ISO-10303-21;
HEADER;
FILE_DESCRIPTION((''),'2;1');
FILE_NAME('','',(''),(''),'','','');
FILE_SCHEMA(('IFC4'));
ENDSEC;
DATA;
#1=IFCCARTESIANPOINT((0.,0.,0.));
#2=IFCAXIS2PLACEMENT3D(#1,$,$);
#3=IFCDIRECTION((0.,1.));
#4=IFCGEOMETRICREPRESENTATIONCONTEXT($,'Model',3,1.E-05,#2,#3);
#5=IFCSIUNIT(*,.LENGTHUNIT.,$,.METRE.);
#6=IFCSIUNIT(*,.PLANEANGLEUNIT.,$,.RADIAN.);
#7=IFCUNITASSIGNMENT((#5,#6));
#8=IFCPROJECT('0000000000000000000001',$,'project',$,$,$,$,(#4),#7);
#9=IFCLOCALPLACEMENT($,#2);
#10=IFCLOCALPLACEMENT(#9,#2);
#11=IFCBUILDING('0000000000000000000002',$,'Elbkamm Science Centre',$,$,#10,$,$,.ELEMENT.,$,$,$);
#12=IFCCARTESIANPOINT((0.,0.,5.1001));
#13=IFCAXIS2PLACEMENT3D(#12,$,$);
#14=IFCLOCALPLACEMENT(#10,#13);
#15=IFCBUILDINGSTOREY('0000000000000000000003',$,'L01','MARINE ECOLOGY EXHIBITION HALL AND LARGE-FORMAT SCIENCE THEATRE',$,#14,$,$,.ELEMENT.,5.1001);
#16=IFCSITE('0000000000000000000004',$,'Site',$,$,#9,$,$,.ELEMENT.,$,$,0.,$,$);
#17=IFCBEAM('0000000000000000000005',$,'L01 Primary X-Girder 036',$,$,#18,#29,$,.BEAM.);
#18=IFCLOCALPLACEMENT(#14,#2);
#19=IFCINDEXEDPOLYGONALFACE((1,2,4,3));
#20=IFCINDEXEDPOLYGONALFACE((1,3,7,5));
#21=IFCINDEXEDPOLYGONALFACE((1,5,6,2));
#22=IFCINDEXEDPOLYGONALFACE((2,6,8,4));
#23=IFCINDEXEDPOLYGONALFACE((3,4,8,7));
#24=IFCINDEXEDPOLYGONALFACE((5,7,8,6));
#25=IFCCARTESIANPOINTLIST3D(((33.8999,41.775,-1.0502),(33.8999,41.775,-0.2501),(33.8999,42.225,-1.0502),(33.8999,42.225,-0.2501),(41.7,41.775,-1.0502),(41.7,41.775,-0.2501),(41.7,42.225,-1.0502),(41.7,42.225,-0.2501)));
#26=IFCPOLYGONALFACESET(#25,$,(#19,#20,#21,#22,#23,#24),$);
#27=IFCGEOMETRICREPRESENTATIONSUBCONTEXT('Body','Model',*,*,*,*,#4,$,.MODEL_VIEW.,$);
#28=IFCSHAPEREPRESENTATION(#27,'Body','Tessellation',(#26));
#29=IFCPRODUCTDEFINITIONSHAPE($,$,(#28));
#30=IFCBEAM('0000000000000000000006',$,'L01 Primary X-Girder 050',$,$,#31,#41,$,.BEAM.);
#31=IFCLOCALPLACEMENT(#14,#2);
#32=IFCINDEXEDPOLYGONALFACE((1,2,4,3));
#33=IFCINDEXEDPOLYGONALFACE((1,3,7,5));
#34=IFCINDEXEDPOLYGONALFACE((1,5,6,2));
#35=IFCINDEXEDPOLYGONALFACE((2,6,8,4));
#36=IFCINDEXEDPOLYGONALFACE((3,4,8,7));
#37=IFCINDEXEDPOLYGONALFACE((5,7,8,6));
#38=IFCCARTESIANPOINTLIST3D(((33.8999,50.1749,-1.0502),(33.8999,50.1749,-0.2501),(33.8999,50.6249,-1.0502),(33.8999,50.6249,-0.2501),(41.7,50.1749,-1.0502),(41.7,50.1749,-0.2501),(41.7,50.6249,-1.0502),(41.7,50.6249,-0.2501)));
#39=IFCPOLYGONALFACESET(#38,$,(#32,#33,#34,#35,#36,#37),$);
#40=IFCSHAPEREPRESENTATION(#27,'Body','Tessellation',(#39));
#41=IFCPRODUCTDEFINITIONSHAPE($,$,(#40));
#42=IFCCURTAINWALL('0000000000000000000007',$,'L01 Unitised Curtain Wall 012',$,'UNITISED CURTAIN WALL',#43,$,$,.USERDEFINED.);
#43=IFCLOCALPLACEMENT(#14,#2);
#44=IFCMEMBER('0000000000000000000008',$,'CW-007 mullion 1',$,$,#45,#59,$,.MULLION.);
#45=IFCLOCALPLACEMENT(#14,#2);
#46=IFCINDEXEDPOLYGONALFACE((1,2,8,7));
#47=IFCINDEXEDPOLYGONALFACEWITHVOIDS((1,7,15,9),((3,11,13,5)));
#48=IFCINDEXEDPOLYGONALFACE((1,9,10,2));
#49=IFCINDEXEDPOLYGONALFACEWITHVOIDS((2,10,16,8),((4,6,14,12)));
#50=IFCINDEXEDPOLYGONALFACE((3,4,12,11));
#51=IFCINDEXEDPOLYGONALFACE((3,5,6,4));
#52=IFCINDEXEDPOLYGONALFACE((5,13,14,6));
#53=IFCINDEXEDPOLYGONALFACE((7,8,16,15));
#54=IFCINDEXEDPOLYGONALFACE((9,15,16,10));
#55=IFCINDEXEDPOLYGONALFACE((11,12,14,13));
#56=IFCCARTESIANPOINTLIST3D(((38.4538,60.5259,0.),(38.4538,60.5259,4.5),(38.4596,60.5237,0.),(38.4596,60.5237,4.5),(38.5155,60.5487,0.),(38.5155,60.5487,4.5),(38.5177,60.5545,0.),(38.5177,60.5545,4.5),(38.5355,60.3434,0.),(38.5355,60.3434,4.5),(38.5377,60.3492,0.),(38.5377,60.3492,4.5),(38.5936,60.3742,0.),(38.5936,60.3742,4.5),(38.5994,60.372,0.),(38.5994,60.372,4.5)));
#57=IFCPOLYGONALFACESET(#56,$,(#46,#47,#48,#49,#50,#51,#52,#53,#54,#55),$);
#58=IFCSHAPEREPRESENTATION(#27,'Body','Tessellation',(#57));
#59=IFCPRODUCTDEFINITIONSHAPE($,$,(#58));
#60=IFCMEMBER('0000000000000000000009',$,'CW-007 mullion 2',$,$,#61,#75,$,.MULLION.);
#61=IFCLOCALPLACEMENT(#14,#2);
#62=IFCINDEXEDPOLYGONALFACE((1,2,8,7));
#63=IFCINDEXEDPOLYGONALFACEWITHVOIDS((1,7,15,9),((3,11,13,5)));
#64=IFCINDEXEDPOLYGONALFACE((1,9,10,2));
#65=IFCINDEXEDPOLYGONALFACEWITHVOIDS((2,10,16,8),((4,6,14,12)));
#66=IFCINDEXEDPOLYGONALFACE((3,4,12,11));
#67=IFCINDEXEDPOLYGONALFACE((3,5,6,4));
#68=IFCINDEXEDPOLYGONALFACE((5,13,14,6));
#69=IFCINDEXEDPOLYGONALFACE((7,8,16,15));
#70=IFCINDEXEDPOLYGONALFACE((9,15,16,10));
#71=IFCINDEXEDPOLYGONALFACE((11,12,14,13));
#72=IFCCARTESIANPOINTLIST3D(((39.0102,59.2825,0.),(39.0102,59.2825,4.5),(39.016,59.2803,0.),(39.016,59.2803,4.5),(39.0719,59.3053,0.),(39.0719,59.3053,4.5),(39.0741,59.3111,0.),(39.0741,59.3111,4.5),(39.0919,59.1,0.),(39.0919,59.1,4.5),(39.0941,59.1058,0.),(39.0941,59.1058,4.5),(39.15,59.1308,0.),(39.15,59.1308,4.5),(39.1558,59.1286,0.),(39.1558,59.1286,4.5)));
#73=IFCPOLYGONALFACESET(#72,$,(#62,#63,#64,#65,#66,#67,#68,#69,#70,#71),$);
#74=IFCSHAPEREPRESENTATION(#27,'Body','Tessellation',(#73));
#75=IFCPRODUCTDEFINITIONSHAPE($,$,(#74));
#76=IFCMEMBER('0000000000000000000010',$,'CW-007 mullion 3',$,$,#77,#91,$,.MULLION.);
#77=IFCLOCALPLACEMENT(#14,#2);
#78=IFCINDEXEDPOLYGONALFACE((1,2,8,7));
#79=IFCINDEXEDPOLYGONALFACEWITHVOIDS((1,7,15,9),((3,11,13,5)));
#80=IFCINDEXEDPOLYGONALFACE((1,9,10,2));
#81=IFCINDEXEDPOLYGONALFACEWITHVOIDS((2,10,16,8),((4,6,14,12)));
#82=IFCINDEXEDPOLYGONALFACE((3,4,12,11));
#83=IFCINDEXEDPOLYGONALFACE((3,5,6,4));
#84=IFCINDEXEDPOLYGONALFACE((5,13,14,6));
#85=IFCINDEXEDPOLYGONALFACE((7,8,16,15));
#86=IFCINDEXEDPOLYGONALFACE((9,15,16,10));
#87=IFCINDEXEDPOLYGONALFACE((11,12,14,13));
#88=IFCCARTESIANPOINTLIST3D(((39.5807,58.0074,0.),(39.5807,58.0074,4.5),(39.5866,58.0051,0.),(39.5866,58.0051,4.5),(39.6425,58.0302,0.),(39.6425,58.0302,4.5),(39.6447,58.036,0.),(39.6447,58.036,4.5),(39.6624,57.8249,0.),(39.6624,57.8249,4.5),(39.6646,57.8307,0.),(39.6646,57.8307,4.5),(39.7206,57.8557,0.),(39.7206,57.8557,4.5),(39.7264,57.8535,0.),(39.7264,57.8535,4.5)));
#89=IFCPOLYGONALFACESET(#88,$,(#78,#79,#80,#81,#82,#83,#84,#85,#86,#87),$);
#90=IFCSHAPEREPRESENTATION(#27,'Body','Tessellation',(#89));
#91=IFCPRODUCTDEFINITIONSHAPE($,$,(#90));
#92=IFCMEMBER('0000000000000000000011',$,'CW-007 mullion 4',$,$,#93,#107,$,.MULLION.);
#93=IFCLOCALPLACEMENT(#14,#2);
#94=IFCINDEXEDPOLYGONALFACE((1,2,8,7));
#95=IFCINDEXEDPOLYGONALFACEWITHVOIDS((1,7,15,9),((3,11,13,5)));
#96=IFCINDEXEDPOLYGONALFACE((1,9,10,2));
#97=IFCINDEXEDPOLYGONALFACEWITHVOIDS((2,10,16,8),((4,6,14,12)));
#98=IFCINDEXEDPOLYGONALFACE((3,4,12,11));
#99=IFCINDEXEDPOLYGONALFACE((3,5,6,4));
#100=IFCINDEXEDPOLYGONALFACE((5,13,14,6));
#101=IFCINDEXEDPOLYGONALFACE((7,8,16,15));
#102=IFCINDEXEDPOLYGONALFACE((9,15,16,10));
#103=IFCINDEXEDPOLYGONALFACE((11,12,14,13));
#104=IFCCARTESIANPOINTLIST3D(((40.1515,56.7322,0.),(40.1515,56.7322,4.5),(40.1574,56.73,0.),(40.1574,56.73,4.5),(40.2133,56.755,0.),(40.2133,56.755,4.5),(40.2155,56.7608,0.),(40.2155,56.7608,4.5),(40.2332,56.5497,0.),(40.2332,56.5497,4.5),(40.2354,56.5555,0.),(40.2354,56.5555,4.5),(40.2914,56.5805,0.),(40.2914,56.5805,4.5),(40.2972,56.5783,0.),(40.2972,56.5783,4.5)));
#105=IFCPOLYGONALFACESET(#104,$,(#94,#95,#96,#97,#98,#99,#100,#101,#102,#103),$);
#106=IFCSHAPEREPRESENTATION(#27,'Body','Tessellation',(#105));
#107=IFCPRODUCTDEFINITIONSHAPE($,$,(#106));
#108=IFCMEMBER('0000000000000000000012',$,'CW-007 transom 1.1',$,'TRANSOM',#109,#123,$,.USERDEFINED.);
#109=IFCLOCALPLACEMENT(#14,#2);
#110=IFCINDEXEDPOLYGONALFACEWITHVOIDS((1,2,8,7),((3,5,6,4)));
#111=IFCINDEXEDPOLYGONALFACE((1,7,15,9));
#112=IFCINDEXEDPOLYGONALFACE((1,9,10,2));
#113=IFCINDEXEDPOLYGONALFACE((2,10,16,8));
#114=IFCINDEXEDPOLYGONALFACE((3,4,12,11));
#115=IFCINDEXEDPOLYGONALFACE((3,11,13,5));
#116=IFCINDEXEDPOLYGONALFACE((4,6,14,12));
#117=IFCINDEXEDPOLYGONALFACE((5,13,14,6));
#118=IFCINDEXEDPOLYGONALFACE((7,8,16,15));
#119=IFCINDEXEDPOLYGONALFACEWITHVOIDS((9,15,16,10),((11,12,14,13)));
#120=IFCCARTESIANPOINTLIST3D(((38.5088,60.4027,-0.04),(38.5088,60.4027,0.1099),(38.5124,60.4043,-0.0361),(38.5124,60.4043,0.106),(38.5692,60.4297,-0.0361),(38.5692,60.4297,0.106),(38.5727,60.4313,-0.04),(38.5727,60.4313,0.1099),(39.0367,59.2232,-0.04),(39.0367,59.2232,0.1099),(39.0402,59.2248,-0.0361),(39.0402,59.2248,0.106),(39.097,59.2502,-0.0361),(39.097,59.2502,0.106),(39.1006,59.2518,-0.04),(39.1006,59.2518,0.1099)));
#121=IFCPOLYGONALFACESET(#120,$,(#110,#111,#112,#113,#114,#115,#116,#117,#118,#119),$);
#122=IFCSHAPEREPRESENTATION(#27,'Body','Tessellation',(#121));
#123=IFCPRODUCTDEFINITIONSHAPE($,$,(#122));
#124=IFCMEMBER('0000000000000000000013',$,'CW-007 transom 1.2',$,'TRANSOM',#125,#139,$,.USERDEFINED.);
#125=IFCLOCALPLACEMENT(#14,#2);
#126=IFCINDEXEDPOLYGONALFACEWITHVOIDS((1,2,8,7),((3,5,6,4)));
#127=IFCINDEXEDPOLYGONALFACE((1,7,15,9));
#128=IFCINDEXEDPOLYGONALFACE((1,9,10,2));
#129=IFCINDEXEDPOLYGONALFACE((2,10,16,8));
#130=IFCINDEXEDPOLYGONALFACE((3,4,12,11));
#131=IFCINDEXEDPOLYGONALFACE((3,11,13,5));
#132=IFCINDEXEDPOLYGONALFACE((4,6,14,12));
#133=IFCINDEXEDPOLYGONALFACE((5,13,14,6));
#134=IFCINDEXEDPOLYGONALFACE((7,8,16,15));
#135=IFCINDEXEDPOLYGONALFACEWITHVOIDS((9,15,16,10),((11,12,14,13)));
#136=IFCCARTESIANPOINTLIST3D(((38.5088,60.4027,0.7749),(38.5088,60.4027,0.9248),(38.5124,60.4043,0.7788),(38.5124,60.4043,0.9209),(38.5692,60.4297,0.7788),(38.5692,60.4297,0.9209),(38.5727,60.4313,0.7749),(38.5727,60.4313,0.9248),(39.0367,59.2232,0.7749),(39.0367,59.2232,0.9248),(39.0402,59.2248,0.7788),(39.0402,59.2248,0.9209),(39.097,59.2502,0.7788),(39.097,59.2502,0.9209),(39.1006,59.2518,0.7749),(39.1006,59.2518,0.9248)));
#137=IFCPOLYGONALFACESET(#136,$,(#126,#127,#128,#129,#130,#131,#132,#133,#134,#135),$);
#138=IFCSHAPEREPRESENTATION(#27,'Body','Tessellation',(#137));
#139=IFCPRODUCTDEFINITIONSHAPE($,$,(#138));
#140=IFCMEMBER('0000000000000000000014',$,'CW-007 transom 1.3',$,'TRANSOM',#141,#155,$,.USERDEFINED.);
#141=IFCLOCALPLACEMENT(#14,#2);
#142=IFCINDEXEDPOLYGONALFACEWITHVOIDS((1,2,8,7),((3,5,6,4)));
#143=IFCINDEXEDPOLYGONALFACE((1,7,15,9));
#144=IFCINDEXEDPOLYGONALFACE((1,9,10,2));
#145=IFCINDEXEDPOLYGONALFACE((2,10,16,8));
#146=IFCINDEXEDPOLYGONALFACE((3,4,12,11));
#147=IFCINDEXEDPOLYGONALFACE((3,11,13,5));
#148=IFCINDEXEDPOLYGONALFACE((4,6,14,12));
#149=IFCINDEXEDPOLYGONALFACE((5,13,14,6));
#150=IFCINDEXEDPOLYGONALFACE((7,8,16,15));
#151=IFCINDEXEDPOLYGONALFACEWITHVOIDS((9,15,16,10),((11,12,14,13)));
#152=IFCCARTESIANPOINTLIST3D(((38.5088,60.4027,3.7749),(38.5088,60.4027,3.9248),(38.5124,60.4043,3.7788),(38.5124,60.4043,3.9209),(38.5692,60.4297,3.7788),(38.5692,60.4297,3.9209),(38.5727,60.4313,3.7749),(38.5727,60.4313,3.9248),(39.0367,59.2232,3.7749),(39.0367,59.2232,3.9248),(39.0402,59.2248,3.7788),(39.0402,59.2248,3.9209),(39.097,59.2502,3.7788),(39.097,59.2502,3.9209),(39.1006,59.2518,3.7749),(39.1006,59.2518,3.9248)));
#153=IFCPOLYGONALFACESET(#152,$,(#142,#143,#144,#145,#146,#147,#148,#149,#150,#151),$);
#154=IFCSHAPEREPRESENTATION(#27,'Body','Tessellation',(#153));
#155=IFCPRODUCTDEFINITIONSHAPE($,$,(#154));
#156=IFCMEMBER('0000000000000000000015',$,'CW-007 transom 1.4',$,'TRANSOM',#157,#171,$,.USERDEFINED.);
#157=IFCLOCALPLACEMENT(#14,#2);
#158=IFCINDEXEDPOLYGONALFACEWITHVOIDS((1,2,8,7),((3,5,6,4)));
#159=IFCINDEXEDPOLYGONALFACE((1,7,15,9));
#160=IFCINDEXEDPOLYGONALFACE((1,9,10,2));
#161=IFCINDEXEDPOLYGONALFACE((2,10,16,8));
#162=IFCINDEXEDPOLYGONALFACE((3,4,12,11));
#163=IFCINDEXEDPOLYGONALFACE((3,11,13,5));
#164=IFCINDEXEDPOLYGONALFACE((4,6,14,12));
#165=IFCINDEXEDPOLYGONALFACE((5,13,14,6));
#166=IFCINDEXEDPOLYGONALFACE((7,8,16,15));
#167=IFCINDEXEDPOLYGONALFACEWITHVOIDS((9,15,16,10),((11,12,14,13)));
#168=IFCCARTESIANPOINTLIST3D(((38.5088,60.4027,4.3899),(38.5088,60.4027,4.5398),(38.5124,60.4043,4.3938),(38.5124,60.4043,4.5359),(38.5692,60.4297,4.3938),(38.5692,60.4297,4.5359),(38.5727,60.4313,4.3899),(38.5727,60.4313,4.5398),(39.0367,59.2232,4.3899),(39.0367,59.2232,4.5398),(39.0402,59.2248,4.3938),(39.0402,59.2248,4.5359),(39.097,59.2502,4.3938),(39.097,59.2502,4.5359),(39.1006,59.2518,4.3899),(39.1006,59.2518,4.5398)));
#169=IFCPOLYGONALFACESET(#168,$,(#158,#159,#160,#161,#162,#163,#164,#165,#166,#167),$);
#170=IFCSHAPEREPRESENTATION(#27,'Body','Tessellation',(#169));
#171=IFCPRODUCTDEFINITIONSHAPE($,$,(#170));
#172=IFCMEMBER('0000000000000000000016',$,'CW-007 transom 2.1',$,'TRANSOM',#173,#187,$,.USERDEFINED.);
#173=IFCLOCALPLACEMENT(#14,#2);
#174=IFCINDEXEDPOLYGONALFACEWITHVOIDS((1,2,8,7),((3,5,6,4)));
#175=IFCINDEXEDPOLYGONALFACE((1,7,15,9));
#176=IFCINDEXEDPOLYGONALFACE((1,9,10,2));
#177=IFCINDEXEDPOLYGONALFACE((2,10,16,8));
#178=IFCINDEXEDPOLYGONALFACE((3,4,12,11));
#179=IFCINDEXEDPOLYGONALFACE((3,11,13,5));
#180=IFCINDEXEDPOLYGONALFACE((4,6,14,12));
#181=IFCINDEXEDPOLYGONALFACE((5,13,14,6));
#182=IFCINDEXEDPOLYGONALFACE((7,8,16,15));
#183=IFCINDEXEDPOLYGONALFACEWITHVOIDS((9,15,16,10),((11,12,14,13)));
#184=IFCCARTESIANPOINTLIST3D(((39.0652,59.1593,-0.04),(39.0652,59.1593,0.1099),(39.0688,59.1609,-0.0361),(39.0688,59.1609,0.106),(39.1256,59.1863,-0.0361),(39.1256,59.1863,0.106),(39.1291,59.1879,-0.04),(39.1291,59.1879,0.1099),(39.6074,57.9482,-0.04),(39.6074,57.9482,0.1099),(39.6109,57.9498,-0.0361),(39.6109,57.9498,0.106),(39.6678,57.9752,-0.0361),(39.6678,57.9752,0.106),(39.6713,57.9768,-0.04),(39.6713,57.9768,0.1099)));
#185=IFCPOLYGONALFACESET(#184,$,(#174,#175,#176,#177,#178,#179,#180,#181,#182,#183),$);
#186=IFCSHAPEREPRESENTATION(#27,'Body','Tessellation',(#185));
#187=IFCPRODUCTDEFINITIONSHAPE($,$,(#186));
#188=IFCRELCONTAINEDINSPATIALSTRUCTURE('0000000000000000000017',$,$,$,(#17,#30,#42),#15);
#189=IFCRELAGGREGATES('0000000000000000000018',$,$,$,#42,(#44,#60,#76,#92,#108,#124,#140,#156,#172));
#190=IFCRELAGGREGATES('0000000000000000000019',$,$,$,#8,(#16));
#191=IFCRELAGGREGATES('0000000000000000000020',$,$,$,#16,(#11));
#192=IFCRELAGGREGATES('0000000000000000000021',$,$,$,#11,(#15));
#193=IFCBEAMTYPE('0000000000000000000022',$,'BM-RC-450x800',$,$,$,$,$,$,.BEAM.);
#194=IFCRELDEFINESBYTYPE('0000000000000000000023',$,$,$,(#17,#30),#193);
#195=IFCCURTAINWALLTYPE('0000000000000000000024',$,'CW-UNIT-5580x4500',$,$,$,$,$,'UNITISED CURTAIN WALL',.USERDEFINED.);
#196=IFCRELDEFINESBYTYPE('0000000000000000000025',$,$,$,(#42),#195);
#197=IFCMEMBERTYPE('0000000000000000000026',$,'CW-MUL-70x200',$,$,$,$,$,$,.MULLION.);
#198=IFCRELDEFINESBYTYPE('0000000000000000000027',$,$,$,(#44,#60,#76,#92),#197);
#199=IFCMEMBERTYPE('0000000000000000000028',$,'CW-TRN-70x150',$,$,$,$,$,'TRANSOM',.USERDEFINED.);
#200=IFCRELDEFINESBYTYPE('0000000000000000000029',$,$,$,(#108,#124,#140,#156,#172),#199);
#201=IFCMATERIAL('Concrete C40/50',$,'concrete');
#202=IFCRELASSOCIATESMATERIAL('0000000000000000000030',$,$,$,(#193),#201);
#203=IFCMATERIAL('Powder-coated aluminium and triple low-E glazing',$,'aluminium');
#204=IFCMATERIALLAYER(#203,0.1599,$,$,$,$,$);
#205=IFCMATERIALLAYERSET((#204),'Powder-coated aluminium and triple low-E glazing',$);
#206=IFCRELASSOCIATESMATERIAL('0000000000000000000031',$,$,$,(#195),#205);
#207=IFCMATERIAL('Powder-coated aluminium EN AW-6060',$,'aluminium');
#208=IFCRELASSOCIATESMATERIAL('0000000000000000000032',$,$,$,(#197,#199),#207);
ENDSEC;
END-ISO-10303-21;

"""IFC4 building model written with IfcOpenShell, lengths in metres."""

from ifc_helpers import new_model, si_unit, direction, frame, origin, origin_2d, place, context, subcontext, project, spatial, rectangle, hollow_rectangle, extrude, material, layer, layer_set, material_profile, profile_set, type_object, element, aggregate, save


model = new_model("IFC4")

# Units and contexts
model_context = context("Model", 3, precision=1e-05, world=origin(), true_north=direction((0.0, 1.0)))
body_context = subcontext(model_context, "Body", "Model", "MODEL_VIEW")
ifc_project = project(units=[si_unit("LENGTHUNIT", "METRE"), si_unit("PLANEANGLEUNIT", "RADIAN")], contexts=[model_context])

# Site, building, storey
site_placement = place(None, origin())
site = spatial("IfcSite", under=ifc_project, at=site_placement, Name="Site", CompositionType="ELEMENT", RefElevation=0.0)
building_placement = place(site_placement, origin())
building = spatial("IfcBuilding", under=site, at=building_placement, Name="Elbkamm Science Centre", CompositionType="ELEMENT")
storey_placement = place(building_placement, frame((0.0, 0.0, 5.1001)))
storey = spatial("IfcBuildingStorey", under=building, at=storey_placement, Name="L01", Description="MARINE ECOLOGY EXHIBITION HALL AND LARGE-FORMAT SCIENCE THEATRE", CompositionType="ELEMENT", Elevation=5.1001)

# Beams
ifc_material_1 = material(Name="Concrete C40/50", Category="concrete")
ifc_material_profile_1 = material_profile(ifc_material_1, rectangle(XDim=0.45, YDim=0.8, at=origin_2d()), Name="RC 450x800")
ifc_profile_set_1 = profile_set([ifc_material_profile_1], Name="Concrete C40/50")
beam_type_1 = type_object("IfcBeamType", Name="BM-RC-450x800", PredefinedType="BEAM", material=ifc_profile_set_1)
for number, where, z_axis, x_axis, name in (
    (1, (33.8999, 42.0, -0.6501), (1.0, 0.0, 0.0), (0.0, 1.0, 0.0), "L01 Primary X-Girder 036"),
    (2, (33.8999, 50.3999, -0.6501), (1.0, 0.0, 0.0), (0.0, 1.0, 0.0), "L01 Primary X-Girder 050"),
):
    element("IfcBeam", number, at=place(storey_placement, frame(where, z_axis=z_axis, x_axis=x_axis)), inside=storey, type_object=beam_type_1, Name=name, PredefinedType="BEAM", context=body_context, shape_type="SweptSolid", body=[
        extrude(rectangle(XDim=0.45, YDim=0.8, at=origin_2d()), origin(), (0.0, 0.0, 1.0), 7.8),
    ])

# Curtain wall, members
ifc_material_2 = material(Name="Powder-coated aluminium and triple low-E glazing", Category="aluminium")
ifc_layer_1 = layer(ifc_material_2, 0.1599)
ifc_layer_set_1 = layer_set([ifc_layer_1], Name="Powder-coated aluminium and triple low-E glazing")
curtain_wall_type = type_object("IfcCurtainWallType", Name="CW-UNIT-5580x4500", ElementType="UNITISED CURTAIN WALL", PredefinedType="USERDEFINED", material=ifc_layer_set_1)
curtain_wall_placement = place(storey_placement, origin())
curtain_wall = element("IfcCurtainWall", 3, at=curtain_wall_placement, inside=storey, type_object=curtain_wall_type, Name="L01 Unitised Curtain Wall 012", ObjectType="UNITISED CURTAIN WALL", PredefinedType="USERDEFINED")
ifc_material_3 = material(Name="Powder-coated aluminium EN AW-6060", Category="aluminium")
ifc_material_profile_2 = material_profile(ifc_material_3, hollow_rectangle(XDim=0.0701, YDim=0.2, WallThickness=0.0044, at=origin_2d()), Name="ALU M70x200")
ifc_profile_set_2 = profile_set([ifc_material_profile_2], Name="Powder-coated aluminium EN AW-6060")
member_type_1 = type_object("IfcMemberType", Name="CW-MUL-70x200", PredefinedType="MULLION", material=ifc_profile_set_2)
member_1_placement = place(storey_placement, frame((38.5266, 60.449, 0.0), z_axis=(0.0, 0.0, 1.0), x_axis=(0.912754, 0.40851, 0.0)))
member_1 = element("IfcMember", 4, at=member_1_placement, type_object=member_type_1, Name="CW-007 mullion 1", PredefinedType="MULLION", context=body_context, shape_type="SweptSolid", body=[
    extrude(hollow_rectangle(XDim=0.0701, YDim=0.2, WallThickness=0.0044, at=origin_2d()), origin(), (0.0, 0.0, 1.0), 4.5),
])
member_2_placement = place(storey_placement, frame((39.083, 59.2056, 0.0), z_axis=(0.0, 0.0, 1.0), x_axis=(0.912754, 0.40851, 0.0)))
member_2 = element("IfcMember", 5, at=member_2_placement, type_object=member_type_1, Name="CW-007 mullion 2", PredefinedType="MULLION", context=body_context, shape_type="SweptSolid", body=[
    extrude(hollow_rectangle(XDim=0.0701, YDim=0.2, WallThickness=0.0044, at=origin_2d()), origin(), (0.0, 0.0, 1.0), 4.5),
])
member_3_placement = place(storey_placement, frame((39.6536, 57.9304, 0.0), z_axis=(0.0, 0.0, 1.0), x_axis=(0.912754, 0.40851, 0.0)))
member_3 = element("IfcMember", 6, at=member_3_placement, type_object=member_type_1, Name="CW-007 mullion 3", PredefinedType="MULLION", context=body_context, shape_type="SweptSolid", body=[
    extrude(hollow_rectangle(XDim=0.0701, YDim=0.2, WallThickness=0.0044, at=origin_2d()), origin(), (0.0, 0.0, 1.0), 4.5),
])
member_4_placement = place(storey_placement, frame((40.2244, 56.6553, 0.0), z_axis=(0.0, 0.0, 1.0), x_axis=(0.912754, 0.40851, 0.0)))
member_4 = element("IfcMember", 7, at=member_4_placement, type_object=member_type_1, Name="CW-007 mullion 4", PredefinedType="MULLION", context=body_context, shape_type="SweptSolid", body=[
    extrude(hollow_rectangle(XDim=0.0701, YDim=0.2, WallThickness=0.0044, at=origin_2d()), origin(), (0.0, 0.0, 1.0), 4.5),
])
ifc_material_profile_3 = material_profile(ifc_material_3, hollow_rectangle(XDim=0.0701, YDim=0.1499, WallThickness=0.0039, at=origin_2d()), Name="ALU T70x150")
ifc_profile_set_3 = profile_set([ifc_material_profile_3], Name="Powder-coated aluminium EN AW-6060")
member_type_2 = type_object("IfcMemberType", Name="CW-TRN-70x150", ElementType="TRANSOM", PredefinedType="USERDEFINED", material=ifc_profile_set_3)
member_5_placement = place(storey_placement, frame((38.5408, 60.417, 0.0349), z_axis=(0.408486, -0.912764, 0.0), x_axis=(0.912764, 0.408486, 0.0)))
member_5 = element("IfcMember", 8, at=member_5_placement, type_object=member_type_2, Name="CW-007 transom 1.1", ObjectType="TRANSOM", PredefinedType="USERDEFINED", context=body_context, shape_type="SweptSolid", body=[
    extrude(hollow_rectangle(XDim=0.0701, YDim=0.1499, WallThickness=0.0039, at=origin_2d()), origin(), (0.0, 0.0, 1.0), 1.2922),
])
member_6_placement = place(storey_placement, frame((38.5408, 60.417, 0.8499), z_axis=(0.408486, -0.912764, 0.0), x_axis=(0.912764, 0.408486, 0.0)))
member_6 = element("IfcMember", 9, at=member_6_placement, type_object=member_type_2, Name="CW-007 transom 1.2", ObjectType="TRANSOM", PredefinedType="USERDEFINED", context=body_context, shape_type="SweptSolid", body=[
    extrude(hollow_rectangle(XDim=0.0701, YDim=0.1499, WallThickness=0.0039, at=origin_2d()), origin(), (0.0, 0.0, 1.0), 1.2922),
])
member_7_placement = place(storey_placement, frame((38.5408, 60.417, 3.8499), z_axis=(0.408486, -0.912764, 0.0), x_axis=(0.912764, 0.408486, 0.0)))
member_7 = element("IfcMember", 10, at=member_7_placement, type_object=member_type_2, Name="CW-007 transom 1.3", ObjectType="TRANSOM", PredefinedType="USERDEFINED", context=body_context, shape_type="SweptSolid", body=[
    extrude(hollow_rectangle(XDim=0.0701, YDim=0.1499, WallThickness=0.0039, at=origin_2d()), origin(), (0.0, 0.0, 1.0), 1.2922),
])
member_8_placement = place(storey_placement, frame((38.5408, 60.417, 4.4648), z_axis=(0.408486, -0.912764, 0.0), x_axis=(0.912764, 0.408486, 0.0)))
member_8 = element("IfcMember", 11, at=member_8_placement, type_object=member_type_2, Name="CW-007 transom 1.4", ObjectType="TRANSOM", PredefinedType="USERDEFINED", context=body_context, shape_type="SweptSolid", body=[
    extrude(hollow_rectangle(XDim=0.0701, YDim=0.1499, WallThickness=0.0039, at=origin_2d()), origin(), (0.0, 0.0, 1.0), 1.2922),
])
member_9_placement = place(storey_placement, frame((39.0972, 59.1736, 0.0349), z_axis=(0.408612, -0.912708, 0.0), x_axis=(0.912708, 0.408612, 0.0)))
member_9 = element("IfcMember", 12, at=member_9_placement, type_object=member_type_2, Name="CW-007 transom 2.1", ObjectType="TRANSOM", PredefinedType="USERDEFINED", context=body_context, shape_type="SweptSolid", body=[
    extrude(hollow_rectangle(XDim=0.0701, YDim=0.1499, WallThickness=0.0039, at=origin_2d()), origin(), (0.0, 0.0, 1.0), 1.3269),
])

aggregate(curtain_wall, [member_1, member_2, member_3, member_4, member_5, member_6, member_7, member_8, member_9])

save(model, "model.ifc")
